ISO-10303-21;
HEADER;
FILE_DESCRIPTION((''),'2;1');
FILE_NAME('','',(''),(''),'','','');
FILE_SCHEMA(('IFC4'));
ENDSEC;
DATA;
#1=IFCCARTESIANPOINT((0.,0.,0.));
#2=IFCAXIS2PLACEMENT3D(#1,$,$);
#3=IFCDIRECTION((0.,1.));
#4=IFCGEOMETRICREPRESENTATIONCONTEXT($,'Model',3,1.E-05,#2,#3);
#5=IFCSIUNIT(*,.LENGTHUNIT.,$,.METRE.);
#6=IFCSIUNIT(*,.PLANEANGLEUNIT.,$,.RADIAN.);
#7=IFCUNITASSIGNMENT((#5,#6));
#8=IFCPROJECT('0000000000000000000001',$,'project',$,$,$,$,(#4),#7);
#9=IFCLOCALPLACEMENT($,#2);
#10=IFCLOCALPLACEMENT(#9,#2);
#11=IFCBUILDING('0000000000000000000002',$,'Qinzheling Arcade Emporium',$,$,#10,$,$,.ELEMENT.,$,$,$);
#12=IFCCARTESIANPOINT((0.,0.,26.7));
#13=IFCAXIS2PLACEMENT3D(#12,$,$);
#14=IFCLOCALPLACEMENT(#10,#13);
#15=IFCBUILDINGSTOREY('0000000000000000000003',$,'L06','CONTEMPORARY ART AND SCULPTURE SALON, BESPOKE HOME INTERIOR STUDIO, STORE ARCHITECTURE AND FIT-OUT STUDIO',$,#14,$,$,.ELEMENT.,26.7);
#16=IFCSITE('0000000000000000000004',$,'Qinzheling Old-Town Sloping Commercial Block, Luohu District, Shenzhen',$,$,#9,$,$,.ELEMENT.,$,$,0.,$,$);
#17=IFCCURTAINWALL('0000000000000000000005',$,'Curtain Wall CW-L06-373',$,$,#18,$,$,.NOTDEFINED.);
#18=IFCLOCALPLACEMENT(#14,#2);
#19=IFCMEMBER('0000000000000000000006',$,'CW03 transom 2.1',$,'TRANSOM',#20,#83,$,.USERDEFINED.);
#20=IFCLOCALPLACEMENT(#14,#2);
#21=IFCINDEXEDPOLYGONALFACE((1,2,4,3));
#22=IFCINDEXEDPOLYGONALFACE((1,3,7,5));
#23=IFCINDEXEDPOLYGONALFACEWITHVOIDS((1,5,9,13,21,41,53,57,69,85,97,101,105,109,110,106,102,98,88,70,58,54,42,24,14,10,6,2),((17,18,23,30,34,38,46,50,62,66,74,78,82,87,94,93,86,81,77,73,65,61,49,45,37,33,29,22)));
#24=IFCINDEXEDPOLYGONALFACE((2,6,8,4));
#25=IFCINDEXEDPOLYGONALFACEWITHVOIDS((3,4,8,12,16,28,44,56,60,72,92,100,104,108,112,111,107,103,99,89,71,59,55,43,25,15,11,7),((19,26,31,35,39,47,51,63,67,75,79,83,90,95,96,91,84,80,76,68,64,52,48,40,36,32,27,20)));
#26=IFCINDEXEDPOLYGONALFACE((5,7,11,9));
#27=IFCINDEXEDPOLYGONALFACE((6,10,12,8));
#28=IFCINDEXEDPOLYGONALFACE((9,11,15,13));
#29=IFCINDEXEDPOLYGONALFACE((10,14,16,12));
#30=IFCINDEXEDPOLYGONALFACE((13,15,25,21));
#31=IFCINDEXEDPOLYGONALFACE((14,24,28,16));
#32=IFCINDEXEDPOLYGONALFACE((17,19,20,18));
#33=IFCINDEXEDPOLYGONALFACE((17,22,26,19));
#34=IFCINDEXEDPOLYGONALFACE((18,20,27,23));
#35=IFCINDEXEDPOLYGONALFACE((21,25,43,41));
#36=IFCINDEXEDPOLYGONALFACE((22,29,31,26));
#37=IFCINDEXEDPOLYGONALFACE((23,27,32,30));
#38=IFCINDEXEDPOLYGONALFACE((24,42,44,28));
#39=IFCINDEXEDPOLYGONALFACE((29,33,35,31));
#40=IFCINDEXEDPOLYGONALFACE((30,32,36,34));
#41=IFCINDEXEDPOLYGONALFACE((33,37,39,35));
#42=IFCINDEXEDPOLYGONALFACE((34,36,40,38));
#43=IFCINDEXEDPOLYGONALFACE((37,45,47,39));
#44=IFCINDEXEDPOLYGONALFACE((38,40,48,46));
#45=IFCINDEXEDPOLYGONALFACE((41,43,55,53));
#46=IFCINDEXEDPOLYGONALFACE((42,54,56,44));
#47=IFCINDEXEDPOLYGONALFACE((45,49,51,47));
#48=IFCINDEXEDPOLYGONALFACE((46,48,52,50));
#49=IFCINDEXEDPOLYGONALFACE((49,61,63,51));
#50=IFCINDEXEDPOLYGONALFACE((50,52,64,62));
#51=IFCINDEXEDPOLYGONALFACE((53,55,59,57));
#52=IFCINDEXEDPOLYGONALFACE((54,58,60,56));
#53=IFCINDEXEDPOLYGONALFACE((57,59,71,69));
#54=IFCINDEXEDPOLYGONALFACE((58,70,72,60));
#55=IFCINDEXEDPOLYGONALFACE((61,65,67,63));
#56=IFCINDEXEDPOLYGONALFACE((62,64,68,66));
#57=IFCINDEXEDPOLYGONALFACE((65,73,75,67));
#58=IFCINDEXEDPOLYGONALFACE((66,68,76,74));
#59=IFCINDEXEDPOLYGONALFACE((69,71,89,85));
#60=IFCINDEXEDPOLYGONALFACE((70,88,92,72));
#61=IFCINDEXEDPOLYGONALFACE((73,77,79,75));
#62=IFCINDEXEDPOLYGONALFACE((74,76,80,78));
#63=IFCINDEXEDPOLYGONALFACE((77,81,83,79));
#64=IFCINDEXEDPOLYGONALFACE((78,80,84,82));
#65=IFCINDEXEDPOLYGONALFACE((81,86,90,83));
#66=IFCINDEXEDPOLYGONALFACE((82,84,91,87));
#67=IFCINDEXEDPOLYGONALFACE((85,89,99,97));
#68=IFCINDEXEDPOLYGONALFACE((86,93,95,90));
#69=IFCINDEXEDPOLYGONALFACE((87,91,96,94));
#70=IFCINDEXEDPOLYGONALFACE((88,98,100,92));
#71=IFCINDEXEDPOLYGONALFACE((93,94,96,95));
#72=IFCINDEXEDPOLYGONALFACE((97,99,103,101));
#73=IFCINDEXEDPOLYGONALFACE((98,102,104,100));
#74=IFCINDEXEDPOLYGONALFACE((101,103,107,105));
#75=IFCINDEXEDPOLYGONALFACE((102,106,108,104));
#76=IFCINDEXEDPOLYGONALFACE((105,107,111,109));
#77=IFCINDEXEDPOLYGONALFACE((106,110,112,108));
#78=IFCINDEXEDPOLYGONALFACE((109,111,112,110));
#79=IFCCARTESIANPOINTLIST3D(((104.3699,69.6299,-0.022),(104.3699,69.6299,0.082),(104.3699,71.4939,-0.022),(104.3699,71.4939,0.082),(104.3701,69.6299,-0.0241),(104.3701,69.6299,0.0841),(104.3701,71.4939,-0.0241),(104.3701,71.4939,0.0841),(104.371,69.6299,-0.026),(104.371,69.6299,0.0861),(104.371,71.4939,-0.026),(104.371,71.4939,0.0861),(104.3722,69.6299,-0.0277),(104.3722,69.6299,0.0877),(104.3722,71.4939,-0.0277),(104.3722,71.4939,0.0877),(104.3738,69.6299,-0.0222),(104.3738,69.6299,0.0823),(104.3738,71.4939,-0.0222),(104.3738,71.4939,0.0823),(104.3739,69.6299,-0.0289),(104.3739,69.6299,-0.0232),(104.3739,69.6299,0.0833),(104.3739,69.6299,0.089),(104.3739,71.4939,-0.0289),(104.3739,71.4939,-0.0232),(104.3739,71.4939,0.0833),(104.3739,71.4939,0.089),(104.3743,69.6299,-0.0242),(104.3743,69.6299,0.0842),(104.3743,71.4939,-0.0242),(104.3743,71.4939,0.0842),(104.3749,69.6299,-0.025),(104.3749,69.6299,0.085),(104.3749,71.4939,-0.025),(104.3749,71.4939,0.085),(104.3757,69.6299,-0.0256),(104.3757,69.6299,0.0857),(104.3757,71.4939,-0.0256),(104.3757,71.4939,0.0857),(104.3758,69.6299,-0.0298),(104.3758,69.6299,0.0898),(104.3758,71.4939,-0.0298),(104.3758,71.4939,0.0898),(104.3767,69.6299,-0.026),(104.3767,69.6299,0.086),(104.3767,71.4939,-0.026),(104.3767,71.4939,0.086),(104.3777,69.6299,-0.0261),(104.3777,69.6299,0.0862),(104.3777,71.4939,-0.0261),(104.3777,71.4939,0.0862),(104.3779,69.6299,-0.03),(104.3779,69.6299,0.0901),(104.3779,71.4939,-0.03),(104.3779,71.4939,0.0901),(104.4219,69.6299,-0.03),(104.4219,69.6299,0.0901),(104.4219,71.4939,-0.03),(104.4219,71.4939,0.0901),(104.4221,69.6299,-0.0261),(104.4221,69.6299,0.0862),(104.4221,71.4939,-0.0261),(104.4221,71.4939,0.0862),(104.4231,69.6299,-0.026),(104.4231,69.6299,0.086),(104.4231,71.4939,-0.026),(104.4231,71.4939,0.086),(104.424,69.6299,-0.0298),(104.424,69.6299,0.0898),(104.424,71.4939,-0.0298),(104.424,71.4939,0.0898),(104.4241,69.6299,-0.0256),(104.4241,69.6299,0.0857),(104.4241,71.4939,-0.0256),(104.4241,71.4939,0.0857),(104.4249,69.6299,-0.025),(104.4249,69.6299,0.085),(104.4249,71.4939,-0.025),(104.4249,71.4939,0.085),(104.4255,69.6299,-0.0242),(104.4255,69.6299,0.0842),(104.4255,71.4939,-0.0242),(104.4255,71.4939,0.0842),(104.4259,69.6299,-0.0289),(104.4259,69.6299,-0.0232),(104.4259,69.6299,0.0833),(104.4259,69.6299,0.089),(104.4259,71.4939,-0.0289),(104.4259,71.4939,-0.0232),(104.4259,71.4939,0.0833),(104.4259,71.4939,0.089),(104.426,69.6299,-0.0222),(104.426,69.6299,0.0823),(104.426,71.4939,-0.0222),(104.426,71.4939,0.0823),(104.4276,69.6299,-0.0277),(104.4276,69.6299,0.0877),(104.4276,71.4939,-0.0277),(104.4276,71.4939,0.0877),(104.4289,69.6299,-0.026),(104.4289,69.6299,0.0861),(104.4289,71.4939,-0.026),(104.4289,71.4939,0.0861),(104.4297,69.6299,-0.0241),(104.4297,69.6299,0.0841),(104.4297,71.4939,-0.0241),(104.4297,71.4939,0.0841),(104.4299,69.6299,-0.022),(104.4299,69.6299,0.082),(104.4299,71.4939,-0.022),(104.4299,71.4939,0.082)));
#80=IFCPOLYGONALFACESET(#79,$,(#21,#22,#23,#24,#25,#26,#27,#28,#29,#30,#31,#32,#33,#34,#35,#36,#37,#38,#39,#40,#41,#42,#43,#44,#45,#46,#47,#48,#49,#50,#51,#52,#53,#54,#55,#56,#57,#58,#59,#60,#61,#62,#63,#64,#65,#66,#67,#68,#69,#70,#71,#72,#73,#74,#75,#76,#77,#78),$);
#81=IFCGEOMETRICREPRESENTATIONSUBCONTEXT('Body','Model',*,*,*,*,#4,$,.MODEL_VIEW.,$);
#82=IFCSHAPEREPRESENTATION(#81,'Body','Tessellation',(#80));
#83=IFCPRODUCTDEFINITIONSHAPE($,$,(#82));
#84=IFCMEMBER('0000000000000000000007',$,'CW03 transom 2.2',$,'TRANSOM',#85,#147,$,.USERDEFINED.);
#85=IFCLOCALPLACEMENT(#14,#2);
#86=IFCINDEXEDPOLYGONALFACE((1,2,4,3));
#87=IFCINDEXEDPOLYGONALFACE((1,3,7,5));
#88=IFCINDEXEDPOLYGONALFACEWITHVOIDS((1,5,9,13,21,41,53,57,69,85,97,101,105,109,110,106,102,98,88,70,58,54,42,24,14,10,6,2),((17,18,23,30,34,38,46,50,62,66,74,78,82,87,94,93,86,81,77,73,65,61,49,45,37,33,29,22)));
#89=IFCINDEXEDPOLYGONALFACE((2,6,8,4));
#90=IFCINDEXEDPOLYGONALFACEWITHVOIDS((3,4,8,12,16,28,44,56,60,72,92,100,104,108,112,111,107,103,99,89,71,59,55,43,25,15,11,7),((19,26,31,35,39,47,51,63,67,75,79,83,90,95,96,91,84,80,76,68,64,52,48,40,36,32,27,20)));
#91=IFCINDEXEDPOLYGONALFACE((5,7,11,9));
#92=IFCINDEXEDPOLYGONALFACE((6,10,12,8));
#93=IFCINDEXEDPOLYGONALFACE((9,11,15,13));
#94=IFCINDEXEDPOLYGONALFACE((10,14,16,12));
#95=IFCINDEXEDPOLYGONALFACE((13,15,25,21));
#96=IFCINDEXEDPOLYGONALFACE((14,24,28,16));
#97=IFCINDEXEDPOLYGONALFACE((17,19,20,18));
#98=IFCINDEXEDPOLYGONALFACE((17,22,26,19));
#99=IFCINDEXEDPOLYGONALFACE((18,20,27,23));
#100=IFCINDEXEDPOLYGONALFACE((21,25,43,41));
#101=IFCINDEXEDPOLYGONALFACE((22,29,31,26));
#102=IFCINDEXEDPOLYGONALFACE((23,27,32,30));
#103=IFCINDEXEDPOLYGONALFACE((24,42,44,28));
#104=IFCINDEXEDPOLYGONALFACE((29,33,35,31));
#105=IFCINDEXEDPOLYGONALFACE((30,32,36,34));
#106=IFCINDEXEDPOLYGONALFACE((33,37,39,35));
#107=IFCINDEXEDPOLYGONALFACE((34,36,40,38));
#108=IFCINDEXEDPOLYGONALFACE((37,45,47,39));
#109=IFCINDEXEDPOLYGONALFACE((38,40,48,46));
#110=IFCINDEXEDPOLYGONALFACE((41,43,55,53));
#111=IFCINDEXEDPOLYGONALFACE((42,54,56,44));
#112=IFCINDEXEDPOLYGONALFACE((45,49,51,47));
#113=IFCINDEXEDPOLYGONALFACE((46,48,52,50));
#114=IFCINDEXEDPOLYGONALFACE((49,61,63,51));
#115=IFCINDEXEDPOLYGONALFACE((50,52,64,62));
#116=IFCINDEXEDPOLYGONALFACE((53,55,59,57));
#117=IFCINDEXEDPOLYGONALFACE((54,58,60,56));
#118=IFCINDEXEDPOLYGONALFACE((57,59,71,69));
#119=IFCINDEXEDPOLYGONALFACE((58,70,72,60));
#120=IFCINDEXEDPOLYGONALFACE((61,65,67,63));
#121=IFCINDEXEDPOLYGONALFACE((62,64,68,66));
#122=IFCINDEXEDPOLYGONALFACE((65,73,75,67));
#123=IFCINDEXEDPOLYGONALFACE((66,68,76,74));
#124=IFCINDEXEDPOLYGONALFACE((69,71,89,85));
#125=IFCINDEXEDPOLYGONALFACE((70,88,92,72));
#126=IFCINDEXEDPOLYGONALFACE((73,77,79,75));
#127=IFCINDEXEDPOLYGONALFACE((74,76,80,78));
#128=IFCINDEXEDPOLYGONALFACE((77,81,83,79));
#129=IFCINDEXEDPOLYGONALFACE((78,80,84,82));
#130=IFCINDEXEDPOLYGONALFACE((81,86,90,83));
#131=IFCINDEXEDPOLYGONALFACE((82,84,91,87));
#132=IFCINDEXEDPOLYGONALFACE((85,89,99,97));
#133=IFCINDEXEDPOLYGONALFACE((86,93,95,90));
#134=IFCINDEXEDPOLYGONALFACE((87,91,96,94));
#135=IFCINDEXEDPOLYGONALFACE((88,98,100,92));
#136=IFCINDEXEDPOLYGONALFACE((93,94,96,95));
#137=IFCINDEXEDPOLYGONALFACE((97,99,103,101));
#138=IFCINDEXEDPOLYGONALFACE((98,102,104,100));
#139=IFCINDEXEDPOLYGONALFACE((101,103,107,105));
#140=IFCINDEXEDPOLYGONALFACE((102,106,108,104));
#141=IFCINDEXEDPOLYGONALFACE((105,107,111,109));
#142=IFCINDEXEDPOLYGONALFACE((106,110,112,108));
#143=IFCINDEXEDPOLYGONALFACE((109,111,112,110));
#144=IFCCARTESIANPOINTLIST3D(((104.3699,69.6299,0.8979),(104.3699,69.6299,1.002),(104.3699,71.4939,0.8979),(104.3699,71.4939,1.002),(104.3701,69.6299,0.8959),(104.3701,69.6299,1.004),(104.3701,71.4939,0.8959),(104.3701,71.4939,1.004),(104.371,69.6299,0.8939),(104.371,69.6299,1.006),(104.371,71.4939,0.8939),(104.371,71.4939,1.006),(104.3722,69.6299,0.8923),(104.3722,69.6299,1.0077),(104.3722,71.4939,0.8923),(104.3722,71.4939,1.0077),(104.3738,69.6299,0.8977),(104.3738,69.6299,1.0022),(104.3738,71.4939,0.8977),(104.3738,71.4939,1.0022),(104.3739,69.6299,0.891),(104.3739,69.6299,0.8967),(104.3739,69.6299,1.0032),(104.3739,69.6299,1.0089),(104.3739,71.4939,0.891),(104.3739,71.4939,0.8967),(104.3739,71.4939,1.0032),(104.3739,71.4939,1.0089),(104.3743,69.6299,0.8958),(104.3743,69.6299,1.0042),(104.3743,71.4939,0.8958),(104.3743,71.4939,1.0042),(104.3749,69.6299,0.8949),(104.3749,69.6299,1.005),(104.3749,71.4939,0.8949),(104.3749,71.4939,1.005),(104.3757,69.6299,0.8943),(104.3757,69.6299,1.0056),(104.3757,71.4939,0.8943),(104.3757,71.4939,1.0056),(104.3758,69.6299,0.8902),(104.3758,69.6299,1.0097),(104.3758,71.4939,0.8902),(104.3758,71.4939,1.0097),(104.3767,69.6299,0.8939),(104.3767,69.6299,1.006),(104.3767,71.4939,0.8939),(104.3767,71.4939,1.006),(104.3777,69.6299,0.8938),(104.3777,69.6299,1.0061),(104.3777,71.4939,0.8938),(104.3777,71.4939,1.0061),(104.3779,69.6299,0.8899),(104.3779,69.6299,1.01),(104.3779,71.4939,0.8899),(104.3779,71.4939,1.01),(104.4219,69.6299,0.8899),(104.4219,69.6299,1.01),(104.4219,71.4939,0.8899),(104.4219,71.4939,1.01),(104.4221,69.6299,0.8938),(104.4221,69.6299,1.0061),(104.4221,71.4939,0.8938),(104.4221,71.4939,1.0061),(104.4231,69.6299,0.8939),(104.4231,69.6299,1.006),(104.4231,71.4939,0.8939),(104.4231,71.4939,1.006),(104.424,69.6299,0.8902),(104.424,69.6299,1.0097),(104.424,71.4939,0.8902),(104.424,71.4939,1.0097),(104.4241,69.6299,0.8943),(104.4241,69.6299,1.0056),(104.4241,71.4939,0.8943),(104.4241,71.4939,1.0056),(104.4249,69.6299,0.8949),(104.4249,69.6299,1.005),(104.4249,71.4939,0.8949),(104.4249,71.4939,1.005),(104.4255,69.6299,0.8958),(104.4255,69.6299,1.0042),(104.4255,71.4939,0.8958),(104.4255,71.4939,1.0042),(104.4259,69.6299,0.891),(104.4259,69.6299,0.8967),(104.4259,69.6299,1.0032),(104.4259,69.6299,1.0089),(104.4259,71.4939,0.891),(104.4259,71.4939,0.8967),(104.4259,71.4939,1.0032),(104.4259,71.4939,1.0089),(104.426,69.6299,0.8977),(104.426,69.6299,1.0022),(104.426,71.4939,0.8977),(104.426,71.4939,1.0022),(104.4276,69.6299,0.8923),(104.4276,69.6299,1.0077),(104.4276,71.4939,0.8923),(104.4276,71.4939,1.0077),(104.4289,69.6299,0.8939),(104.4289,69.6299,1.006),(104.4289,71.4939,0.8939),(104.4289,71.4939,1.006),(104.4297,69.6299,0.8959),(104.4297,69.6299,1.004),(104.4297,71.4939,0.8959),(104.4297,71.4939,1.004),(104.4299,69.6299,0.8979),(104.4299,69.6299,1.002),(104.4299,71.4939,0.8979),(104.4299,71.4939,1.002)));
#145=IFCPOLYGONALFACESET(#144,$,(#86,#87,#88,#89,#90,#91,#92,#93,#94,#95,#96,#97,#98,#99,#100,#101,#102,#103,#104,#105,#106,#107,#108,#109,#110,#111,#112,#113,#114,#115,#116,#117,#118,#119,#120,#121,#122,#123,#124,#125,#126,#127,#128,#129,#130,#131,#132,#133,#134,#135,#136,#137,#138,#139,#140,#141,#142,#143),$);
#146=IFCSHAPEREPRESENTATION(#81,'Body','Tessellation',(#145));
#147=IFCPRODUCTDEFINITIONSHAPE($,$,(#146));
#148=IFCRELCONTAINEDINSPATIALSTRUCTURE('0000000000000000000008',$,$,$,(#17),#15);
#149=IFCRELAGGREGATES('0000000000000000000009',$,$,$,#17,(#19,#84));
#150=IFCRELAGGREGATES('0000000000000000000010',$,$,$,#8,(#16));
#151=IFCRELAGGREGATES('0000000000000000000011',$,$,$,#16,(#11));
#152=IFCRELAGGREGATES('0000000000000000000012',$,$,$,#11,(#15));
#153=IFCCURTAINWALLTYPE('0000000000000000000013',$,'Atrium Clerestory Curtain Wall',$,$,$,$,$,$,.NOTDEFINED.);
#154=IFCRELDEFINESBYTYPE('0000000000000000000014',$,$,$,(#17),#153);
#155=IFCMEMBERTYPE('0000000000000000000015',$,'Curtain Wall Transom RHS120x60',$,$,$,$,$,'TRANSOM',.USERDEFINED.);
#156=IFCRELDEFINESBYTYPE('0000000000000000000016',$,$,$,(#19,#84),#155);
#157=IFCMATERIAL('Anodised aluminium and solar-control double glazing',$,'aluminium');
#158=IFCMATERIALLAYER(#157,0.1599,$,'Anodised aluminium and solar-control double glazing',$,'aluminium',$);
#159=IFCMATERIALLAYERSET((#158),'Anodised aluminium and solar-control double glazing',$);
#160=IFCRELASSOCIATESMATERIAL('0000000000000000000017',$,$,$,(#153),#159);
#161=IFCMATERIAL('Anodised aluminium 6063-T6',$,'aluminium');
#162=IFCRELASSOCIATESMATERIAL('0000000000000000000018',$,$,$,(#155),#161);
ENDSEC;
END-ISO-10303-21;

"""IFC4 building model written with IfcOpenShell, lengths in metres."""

from ifc_helpers import new_model, si_unit, direction, frame, origin, origin_2d, place, context, subcontext, project, spatial, hollow_rectangle, extrude, material, layer, layer_set, material_profile, profile_set, type_object, element, aggregate, save


model = new_model("IFC4")

# Units and contexts
model_context = context("Model", 3, precision=1e-05, world=origin(), true_north=direction((0.0, 1.0)))
body_context = subcontext(model_context, "Body", "Model", "MODEL_VIEW")
ifc_project = project(units=[si_unit("LENGTHUNIT", "METRE"), si_unit("PLANEANGLEUNIT", "RADIAN")], contexts=[model_context])

# Site, building, storey
site_placement = place(None, origin())
site = spatial("IfcSite", under=ifc_project, at=site_placement, Name="Qinzheling Old-Town Sloping Commercial Block, Luohu District, Shenzhen", CompositionType="ELEMENT", RefElevation=0.0)
building_placement = place(site_placement, origin())
building = spatial("IfcBuilding", under=site, at=building_placement, Name="Qinzheling Arcade Emporium", CompositionType="ELEMENT")
storey_placement = place(building_placement, frame((0.0, 0.0, 26.7)))
storey = spatial("IfcBuildingStorey", under=building, at=storey_placement, Name="L06", Description="CONTEMPORARY ART AND SCULPTURE SALON, BESPOKE HOME INTERIOR STUDIO, STORE ARCHITECTURE AND FIT-OUT STUDIO", CompositionType="ELEMENT", Elevation=26.7)

# Curtain wall, members
ifc_material_1 = material(Name="Anodised aluminium and solar-control double glazing", Category="aluminium")
ifc_layer_1 = layer(ifc_material_1, 0.1599, Name="Anodised aluminium and solar-control double glazing", Category="aluminium")
ifc_layer_set_1 = layer_set([ifc_layer_1], Name="Anodised aluminium and solar-control double glazing")
curtain_wall_type = type_object("IfcCurtainWallType", Name="Atrium Clerestory Curtain Wall", PredefinedType="NOTDEFINED", material=ifc_layer_set_1)
curtain_wall_placement = place(storey_placement, origin())
curtain_wall = element("IfcCurtainWall", 1, at=curtain_wall_placement, inside=storey, type_object=curtain_wall_type, Name="Curtain Wall CW-L06-373", PredefinedType="NOTDEFINED")
ifc_material_2 = material(Name="Anodised aluminium 6063-T6", Category="aluminium")
ifc_material_profile_1 = material_profile(ifc_material_2, hollow_rectangle(XDim=0.0601, YDim=0.1201, WallThickness=0.0039, InnerFilletRadius=0.0039, OuterFilletRadius=0.0081, at=origin_2d()), Name="RHS 120x60x4", Category="aluminium")
ifc_profile_set_1 = profile_set([ifc_material_profile_1], Name="Anodised aluminium 6063-T6")
member_type_1 = type_object("IfcMemberType", Name="Curtain Wall Transom RHS120x60", ElementType="TRANSOM", PredefinedType="USERDEFINED", material=ifc_profile_set_1)
member_1_placement = place(storey_placement, frame((104.3999, 71.4939, 0.03), z_axis=(0.0, -1.0, 0.0), x_axis=(1.0, 0.0, 0.0)))
member_1 = element("IfcMember", 2, at=member_1_placement, type_object=member_type_1, Name="CW03 transom 2.1", ObjectType="TRANSOM", PredefinedType="USERDEFINED", context=body_context, shape_type="SweptSolid", body=[
    extrude(hollow_rectangle(XDim=0.0601, YDim=0.1201, WallThickness=0.0039, InnerFilletRadius=0.0039, OuterFilletRadius=0.0081, at=origin_2d()), origin(), (0.0, 0.0, 1.0), 1.864),
])
member_2_placement = place(storey_placement, frame((104.3999, 71.4939, 0.95), z_axis=(0.0, -1.0, 0.0), x_axis=(1.0, 0.0, 0.0)))
member_2 = element("IfcMember", 3, at=member_2_placement, type_object=member_type_1, Name="CW03 transom 2.2", ObjectType="TRANSOM", PredefinedType="USERDEFINED", context=body_context, shape_type="SweptSolid", body=[
    extrude(hollow_rectangle(XDim=0.0601, YDim=0.1201, WallThickness=0.0039, InnerFilletRadius=0.0039, OuterFilletRadius=0.0081, at=origin_2d()), origin(), (0.0, 0.0, 1.0), 1.864),
])
aggregate(curtain_wall, [member_1, member_2])

save(model, "model.ifc")
